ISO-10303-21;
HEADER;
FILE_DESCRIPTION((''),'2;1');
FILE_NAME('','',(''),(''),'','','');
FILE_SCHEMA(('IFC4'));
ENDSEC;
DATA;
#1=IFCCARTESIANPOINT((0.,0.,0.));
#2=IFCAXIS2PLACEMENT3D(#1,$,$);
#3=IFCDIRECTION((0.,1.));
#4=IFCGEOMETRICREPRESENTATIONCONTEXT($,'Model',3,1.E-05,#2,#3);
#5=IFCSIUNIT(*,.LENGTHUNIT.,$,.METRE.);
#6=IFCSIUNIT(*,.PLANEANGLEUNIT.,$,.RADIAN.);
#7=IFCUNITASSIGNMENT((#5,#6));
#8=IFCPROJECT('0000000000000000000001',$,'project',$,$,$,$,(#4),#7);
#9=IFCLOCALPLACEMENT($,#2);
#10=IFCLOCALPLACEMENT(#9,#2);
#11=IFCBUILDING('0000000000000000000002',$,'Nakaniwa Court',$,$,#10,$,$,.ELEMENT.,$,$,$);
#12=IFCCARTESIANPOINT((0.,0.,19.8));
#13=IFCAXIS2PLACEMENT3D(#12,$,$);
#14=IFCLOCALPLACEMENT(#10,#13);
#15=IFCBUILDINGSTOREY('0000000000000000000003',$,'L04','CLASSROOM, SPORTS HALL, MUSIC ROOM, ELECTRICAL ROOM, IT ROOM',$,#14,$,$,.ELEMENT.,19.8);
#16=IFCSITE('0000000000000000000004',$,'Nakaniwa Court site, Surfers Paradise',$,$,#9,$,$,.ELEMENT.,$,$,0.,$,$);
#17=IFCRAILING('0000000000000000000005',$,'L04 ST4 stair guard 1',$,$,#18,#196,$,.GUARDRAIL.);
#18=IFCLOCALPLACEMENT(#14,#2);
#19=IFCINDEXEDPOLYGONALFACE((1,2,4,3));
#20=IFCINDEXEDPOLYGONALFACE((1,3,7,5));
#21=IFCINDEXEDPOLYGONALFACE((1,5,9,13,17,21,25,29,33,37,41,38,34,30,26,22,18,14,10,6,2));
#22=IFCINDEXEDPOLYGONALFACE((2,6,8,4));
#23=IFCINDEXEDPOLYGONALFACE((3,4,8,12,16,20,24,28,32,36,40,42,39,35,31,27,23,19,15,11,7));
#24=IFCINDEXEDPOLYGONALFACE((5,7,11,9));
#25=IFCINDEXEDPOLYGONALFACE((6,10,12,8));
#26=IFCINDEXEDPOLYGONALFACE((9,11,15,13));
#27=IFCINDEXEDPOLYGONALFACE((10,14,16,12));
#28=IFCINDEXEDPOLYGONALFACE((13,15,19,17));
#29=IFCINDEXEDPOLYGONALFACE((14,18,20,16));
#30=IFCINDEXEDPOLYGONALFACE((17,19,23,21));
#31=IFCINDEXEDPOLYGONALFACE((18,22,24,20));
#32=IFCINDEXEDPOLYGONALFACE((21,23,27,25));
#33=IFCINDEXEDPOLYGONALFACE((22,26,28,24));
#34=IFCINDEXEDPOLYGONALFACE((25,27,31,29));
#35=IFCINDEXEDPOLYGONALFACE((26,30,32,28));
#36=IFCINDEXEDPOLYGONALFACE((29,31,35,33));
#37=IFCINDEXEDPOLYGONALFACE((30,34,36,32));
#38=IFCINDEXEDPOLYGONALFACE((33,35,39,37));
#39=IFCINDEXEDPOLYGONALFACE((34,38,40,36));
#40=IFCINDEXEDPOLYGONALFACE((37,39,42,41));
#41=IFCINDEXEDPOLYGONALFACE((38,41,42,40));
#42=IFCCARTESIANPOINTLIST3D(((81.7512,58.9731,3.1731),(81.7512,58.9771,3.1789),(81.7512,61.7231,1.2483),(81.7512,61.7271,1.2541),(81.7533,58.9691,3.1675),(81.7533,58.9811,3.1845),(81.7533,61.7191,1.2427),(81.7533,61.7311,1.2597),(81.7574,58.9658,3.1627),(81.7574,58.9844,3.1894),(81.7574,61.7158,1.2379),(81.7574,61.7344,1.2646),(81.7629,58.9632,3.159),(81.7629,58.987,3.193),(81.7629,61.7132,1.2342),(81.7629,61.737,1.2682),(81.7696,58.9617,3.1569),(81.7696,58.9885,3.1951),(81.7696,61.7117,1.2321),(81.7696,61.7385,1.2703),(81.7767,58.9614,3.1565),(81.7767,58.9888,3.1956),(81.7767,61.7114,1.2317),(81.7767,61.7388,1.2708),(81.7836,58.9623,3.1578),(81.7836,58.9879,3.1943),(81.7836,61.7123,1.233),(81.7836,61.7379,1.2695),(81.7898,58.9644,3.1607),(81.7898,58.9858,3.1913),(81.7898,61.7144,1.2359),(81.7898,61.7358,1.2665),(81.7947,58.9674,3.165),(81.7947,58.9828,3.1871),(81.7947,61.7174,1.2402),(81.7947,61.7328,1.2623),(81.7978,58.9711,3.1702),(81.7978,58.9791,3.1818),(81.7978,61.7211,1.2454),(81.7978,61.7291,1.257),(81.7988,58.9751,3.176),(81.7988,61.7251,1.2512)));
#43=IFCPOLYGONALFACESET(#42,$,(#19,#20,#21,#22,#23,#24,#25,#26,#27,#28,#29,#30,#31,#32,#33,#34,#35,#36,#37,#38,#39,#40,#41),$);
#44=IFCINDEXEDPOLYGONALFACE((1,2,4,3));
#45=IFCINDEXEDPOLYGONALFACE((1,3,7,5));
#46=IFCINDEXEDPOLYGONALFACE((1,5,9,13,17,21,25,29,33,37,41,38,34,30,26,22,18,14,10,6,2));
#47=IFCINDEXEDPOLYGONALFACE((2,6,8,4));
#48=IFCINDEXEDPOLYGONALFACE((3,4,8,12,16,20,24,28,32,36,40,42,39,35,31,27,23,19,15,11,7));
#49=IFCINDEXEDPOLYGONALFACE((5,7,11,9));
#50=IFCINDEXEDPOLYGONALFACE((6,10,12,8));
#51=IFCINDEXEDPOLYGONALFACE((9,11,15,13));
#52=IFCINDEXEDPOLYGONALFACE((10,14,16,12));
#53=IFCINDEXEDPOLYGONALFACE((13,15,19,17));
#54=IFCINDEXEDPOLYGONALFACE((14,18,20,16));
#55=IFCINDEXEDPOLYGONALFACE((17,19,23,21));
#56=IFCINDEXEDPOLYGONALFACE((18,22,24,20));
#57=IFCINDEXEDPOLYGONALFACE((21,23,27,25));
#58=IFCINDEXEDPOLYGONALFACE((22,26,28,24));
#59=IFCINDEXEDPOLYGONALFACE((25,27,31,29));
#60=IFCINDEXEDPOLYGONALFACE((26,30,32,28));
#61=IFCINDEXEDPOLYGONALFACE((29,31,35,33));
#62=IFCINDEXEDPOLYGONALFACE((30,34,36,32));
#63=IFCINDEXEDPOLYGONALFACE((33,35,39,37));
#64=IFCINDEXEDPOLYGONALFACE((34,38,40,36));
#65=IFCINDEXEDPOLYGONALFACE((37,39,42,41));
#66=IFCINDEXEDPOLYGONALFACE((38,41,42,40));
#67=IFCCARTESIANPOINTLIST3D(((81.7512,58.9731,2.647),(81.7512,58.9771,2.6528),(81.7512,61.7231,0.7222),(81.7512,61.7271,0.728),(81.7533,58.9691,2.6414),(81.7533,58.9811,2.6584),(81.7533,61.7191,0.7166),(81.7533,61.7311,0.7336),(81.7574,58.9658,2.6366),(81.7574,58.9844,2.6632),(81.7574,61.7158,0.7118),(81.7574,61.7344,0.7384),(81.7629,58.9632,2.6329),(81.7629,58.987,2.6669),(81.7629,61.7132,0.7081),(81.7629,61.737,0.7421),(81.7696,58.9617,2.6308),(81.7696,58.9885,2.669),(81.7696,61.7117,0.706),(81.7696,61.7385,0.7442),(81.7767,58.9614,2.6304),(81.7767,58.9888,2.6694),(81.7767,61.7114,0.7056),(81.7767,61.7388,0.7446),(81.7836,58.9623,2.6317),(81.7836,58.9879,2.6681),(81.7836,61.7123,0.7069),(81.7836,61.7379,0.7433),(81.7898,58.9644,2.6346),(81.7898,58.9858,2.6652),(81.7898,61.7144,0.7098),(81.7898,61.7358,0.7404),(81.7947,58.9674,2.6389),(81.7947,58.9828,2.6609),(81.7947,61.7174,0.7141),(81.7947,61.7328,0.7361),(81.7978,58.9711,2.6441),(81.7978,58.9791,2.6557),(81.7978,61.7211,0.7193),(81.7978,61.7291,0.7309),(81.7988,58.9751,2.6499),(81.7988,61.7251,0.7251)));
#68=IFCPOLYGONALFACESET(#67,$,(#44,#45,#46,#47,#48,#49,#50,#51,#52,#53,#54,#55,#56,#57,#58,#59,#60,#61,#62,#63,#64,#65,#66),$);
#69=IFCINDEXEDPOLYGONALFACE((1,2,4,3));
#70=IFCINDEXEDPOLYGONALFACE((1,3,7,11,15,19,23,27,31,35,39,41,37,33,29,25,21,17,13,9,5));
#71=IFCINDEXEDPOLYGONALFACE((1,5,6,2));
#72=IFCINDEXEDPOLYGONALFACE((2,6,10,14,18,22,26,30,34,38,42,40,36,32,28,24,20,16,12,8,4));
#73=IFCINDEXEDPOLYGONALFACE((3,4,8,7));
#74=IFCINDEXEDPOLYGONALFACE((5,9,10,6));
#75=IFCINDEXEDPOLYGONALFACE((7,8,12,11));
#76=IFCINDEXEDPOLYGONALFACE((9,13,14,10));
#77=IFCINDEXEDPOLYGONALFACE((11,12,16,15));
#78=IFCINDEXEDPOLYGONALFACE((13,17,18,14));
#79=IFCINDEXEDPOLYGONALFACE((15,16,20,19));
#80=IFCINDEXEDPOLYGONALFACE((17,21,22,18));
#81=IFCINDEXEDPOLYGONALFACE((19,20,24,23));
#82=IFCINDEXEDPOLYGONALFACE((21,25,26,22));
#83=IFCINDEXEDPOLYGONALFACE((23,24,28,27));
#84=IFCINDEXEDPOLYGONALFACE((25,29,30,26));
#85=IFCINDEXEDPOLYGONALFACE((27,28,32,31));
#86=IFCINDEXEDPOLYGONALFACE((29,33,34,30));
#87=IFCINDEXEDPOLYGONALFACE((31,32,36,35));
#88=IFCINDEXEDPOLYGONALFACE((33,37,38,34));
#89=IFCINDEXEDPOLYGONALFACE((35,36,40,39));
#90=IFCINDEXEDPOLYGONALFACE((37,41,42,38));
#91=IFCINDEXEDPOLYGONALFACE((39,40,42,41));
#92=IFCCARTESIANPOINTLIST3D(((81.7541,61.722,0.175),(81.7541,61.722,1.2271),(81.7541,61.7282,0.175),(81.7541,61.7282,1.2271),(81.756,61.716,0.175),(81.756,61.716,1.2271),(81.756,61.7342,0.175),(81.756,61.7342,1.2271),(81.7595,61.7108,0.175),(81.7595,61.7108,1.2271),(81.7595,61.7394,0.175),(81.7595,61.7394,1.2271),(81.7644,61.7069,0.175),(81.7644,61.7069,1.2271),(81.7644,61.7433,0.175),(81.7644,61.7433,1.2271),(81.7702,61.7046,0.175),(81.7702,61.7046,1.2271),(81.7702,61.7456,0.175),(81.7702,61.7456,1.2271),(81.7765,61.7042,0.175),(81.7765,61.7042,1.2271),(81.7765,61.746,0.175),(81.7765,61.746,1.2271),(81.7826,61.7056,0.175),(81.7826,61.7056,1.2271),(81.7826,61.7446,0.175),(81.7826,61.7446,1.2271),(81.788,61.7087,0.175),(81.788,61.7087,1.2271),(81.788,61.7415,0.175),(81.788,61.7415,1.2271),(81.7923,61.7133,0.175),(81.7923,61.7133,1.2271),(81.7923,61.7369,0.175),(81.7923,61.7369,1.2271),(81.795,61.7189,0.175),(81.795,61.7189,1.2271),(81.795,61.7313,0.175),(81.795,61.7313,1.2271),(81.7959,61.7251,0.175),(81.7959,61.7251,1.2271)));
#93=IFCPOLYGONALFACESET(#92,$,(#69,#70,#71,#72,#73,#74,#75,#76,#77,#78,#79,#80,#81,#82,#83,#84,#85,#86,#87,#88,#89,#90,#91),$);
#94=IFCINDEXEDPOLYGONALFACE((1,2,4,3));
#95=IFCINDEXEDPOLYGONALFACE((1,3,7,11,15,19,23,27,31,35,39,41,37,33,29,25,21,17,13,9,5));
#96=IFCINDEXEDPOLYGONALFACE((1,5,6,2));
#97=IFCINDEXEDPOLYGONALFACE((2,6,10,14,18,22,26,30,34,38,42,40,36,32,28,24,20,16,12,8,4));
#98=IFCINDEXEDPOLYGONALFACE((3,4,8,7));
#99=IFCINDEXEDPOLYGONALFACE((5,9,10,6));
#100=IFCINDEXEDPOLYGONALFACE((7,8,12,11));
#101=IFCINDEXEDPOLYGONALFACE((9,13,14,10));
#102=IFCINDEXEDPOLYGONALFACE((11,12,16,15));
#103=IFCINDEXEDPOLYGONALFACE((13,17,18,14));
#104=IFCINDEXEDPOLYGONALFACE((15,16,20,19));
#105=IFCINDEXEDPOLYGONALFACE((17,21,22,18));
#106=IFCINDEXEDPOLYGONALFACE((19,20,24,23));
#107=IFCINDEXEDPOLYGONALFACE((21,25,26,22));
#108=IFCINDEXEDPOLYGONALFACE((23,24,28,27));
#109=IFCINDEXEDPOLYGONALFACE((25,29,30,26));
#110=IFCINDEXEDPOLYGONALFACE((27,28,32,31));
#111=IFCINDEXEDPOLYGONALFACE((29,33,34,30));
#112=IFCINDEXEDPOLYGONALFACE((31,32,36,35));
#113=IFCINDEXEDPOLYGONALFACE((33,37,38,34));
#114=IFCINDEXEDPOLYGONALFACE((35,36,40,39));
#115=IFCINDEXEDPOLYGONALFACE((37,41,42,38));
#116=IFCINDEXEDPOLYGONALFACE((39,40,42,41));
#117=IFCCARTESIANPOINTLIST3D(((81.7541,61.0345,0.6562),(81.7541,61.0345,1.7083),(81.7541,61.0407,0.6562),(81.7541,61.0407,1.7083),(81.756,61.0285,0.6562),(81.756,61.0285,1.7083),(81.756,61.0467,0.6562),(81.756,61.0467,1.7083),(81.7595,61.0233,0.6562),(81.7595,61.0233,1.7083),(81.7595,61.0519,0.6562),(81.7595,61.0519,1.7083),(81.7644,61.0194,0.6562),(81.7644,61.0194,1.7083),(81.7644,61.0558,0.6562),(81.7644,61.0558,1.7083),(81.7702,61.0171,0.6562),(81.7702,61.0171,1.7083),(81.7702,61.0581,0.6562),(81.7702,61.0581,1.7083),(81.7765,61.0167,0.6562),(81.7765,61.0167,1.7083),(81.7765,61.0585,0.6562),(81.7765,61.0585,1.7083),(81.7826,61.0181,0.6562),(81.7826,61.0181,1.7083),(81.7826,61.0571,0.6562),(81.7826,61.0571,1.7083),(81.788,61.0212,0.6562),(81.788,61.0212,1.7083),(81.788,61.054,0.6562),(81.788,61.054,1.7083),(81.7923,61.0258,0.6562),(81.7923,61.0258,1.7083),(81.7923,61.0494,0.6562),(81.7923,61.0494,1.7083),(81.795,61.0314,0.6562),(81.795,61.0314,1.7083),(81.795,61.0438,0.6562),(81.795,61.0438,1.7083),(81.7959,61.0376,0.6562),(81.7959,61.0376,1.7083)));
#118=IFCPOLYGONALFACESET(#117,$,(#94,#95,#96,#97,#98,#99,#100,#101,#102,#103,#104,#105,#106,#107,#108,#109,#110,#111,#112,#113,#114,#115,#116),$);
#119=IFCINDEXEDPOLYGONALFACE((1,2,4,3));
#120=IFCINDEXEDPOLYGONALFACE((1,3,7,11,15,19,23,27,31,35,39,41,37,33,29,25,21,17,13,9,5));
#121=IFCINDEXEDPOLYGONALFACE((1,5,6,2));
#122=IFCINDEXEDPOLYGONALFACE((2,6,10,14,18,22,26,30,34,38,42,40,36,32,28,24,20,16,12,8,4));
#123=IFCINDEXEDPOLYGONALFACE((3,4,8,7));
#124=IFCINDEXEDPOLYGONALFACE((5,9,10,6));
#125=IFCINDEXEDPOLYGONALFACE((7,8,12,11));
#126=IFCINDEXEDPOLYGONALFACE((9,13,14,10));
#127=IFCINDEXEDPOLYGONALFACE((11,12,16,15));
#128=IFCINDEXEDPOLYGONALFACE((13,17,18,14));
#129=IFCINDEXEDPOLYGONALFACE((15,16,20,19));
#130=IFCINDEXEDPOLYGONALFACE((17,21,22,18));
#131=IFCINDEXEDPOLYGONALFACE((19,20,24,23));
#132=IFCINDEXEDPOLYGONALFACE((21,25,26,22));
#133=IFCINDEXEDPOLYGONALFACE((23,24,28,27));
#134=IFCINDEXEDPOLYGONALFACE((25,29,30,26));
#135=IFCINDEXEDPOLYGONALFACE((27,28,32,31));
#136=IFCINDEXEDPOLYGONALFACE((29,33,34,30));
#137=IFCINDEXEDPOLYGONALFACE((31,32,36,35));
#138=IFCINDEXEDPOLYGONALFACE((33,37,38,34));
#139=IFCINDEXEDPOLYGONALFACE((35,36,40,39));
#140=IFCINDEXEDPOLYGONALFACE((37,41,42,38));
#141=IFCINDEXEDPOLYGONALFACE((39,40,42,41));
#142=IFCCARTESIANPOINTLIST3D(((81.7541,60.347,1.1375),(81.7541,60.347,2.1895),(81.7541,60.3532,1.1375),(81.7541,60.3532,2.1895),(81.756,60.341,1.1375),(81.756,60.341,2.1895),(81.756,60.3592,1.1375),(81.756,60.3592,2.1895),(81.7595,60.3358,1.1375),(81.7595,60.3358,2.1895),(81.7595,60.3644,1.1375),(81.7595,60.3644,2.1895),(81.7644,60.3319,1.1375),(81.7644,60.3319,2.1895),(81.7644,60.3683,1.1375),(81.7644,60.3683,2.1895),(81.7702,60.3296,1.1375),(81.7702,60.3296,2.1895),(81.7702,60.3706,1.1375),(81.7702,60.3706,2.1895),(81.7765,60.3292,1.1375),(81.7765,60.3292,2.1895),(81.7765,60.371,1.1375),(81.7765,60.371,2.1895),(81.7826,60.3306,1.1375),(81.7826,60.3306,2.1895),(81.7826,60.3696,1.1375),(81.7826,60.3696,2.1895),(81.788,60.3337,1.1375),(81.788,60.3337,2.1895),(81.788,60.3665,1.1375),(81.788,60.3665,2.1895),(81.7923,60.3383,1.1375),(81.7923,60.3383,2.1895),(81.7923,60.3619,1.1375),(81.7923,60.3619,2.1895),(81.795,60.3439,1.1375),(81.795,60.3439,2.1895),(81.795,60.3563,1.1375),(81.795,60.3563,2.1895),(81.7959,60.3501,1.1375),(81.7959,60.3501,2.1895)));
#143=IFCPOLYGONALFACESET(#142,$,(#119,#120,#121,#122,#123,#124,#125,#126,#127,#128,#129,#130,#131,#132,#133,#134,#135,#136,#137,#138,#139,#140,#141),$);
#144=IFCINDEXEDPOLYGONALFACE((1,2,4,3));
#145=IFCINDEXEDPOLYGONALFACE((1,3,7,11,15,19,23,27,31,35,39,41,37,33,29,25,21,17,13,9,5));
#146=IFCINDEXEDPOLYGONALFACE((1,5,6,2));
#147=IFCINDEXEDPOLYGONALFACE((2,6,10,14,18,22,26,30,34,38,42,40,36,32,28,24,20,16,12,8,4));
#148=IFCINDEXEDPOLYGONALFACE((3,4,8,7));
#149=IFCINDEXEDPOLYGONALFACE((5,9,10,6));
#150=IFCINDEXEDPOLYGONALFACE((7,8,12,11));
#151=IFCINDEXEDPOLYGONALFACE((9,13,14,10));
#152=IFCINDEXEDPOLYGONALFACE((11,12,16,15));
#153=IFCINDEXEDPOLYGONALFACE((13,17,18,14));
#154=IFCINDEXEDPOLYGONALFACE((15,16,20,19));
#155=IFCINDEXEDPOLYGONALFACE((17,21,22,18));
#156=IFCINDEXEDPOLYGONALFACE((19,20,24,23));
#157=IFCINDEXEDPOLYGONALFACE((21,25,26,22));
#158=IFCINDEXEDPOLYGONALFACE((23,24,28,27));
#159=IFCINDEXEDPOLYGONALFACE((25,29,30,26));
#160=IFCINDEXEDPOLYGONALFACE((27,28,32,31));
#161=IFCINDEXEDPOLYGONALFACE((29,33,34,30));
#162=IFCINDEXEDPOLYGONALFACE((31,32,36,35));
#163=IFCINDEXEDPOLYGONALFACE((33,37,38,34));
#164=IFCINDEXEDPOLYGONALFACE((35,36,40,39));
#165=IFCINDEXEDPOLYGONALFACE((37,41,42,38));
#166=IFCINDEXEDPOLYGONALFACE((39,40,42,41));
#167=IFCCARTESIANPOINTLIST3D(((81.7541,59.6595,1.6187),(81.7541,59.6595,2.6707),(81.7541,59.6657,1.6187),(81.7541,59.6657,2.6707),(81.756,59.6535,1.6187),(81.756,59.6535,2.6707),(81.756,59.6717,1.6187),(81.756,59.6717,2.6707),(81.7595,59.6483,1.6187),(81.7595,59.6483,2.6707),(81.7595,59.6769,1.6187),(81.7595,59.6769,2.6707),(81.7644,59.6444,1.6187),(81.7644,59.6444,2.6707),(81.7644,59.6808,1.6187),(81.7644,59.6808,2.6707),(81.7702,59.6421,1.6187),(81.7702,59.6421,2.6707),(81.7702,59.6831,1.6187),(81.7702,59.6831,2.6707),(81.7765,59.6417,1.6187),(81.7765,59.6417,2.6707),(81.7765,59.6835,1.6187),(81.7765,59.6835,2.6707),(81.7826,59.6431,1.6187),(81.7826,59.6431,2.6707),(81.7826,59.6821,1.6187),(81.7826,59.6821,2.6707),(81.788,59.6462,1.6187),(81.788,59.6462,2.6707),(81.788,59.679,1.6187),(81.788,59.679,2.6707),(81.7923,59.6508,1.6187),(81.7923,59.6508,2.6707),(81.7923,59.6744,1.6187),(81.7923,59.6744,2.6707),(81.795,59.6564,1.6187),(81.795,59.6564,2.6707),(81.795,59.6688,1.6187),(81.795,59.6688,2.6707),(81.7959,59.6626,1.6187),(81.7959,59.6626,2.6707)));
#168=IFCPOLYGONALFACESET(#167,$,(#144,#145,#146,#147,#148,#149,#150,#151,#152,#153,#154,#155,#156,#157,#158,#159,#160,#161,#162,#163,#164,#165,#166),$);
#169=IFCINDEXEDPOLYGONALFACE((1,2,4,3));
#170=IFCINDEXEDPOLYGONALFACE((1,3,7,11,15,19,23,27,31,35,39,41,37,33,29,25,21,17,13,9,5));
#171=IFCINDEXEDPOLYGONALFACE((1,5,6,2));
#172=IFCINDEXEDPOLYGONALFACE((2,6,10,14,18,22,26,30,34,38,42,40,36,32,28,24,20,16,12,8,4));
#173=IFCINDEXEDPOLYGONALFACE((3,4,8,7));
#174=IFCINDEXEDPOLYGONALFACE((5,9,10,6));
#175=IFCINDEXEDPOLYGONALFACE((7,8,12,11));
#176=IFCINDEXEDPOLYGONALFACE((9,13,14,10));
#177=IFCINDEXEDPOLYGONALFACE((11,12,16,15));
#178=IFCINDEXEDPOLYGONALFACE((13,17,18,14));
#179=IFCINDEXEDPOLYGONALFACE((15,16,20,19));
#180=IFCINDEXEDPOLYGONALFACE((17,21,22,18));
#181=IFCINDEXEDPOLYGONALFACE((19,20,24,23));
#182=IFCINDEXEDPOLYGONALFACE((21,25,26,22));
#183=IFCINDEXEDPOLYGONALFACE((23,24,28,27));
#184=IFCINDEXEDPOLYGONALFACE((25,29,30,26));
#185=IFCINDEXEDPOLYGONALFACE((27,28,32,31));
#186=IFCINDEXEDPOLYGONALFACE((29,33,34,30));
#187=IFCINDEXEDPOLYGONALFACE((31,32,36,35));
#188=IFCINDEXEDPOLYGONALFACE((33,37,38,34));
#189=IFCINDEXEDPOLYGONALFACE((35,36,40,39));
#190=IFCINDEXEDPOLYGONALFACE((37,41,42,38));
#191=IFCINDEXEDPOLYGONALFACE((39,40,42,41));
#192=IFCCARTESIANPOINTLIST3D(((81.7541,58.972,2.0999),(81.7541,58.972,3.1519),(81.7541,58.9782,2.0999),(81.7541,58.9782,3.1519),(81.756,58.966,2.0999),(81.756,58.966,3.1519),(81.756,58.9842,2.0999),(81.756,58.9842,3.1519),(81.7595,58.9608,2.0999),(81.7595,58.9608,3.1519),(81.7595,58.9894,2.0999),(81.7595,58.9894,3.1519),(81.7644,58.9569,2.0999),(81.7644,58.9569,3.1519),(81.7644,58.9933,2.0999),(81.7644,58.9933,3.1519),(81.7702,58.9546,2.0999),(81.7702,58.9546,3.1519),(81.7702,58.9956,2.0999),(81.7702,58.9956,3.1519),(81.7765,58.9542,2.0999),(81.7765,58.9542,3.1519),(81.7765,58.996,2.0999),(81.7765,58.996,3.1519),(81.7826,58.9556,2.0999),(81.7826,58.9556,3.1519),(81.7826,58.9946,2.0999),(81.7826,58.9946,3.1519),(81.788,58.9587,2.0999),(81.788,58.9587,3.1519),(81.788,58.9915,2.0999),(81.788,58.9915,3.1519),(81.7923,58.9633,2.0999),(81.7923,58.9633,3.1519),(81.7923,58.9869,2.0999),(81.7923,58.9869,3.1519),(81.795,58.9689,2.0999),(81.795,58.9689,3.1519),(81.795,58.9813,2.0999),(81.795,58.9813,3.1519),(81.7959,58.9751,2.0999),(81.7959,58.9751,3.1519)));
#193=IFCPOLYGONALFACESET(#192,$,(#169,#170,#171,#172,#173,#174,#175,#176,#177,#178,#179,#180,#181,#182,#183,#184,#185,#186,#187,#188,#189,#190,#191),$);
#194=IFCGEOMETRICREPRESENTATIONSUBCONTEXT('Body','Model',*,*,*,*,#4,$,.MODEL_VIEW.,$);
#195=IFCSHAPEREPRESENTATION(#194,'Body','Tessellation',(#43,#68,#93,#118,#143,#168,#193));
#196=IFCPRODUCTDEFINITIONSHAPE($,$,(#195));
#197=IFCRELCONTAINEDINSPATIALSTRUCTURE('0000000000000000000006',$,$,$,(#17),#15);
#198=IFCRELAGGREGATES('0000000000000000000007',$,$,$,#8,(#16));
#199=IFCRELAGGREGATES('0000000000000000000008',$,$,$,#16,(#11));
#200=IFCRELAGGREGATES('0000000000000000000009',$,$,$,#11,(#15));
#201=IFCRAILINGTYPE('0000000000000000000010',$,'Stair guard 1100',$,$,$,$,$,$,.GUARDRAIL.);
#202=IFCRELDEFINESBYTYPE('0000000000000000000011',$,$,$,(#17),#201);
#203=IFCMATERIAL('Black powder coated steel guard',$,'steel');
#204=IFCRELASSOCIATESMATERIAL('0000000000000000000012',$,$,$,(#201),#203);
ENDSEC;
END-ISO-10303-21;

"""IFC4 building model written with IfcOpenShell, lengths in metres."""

from ifc_helpers import new_model, si_unit, direction, frame, origin, origin_2d, place, context, subcontext, project, spatial, circle, extrude, material, type_object, element, save


model = new_model("IFC4")

# Units and contexts
model_context = context("Model", 3, precision=1e-05, world=origin(), true_north=direction((0.0, 1.0)))
body_context = subcontext(model_context, "Body", "Model", "MODEL_VIEW")
ifc_project = project(units=[si_unit("LENGTHUNIT", "METRE"), si_unit("PLANEANGLEUNIT", "RADIAN")], contexts=[model_context])

# Site, building, storey
site_placement = place(None, origin())
site = spatial("IfcSite", under=ifc_project, at=site_placement, Name="Nakaniwa Court site, Surfers Paradise", CompositionType="ELEMENT", RefElevation=0.0)
building_placement = place(site_placement, origin())
building = spatial("IfcBuilding", under=site, at=building_placement, Name="Nakaniwa Court", CompositionType="ELEMENT")
storey_placement = place(building_placement, frame((0.0, 0.0, 19.8)))
storey = spatial("IfcBuildingStorey", under=building, at=storey_placement, Name="L04", Description="CLASSROOM, SPORTS HALL, MUSIC ROOM, ELECTRICAL ROOM, IT ROOM", CompositionType="ELEMENT", Elevation=19.8)

# Railing
ifc_material_1 = material(Name="Black powder coated steel guard", Category="steel")
railing_type_1 = type_object("IfcRailingType", Name="Stair guard 1100", PredefinedType="GUARDRAIL", material=ifc_material_1)
railing_1_placement = place(storey_placement, frame((81.7749, 61.7251, 0.175)))
element("IfcRailing", 1, at=railing_1_placement, inside=storey, type_object=railing_type_1, Name="L04 ST4 stair guard 1", PredefinedType="GUARDRAIL", context=body_context, shape_type="SweptSolid", body=[
    extrude(circle(Radius=0.0239, at=origin_2d()), frame((0.0, 0.0, 1.0762), z_axis=(0.0, -0.819259, 0.573423), x_axis=(1.0, 0.0, 0.0)), (0.0, 0.0, 1.0), 3.3567),
    extrude(circle(Radius=0.0239, at=origin_2d()), frame((0.0, 0.0, 0.55), z_axis=(0.0, -0.819259, 0.573423), x_axis=(1.0, 0.0, 0.0)), (0.0, 0.0, 1.0), 3.3567),
    extrude(circle(Radius=0.021, at=origin_2d()), origin(), (0.0, 0.0, 1.0), 1.052),
    extrude(circle(Radius=0.021, at=origin_2d()), frame((0.0, -0.6875, 0.4812)), (0.0, 0.0, 1.0), 1.052),
    extrude(circle(Radius=0.021, at=origin_2d()), frame((0.0, -1.375, 0.9624)), (0.0, 0.0, 1.0), 1.052),
    extrude(circle(Radius=0.021, at=origin_2d()), frame((0.0, -2.0625, 1.4436)), (0.0, 0.0, 1.0), 1.052),
    extrude(circle(Radius=0.021, at=origin_2d()), frame((0.0, -2.75, 1.9248)), (0.0, 0.0, 1.0), 1.052),
])

save(model, "model.ifc")
